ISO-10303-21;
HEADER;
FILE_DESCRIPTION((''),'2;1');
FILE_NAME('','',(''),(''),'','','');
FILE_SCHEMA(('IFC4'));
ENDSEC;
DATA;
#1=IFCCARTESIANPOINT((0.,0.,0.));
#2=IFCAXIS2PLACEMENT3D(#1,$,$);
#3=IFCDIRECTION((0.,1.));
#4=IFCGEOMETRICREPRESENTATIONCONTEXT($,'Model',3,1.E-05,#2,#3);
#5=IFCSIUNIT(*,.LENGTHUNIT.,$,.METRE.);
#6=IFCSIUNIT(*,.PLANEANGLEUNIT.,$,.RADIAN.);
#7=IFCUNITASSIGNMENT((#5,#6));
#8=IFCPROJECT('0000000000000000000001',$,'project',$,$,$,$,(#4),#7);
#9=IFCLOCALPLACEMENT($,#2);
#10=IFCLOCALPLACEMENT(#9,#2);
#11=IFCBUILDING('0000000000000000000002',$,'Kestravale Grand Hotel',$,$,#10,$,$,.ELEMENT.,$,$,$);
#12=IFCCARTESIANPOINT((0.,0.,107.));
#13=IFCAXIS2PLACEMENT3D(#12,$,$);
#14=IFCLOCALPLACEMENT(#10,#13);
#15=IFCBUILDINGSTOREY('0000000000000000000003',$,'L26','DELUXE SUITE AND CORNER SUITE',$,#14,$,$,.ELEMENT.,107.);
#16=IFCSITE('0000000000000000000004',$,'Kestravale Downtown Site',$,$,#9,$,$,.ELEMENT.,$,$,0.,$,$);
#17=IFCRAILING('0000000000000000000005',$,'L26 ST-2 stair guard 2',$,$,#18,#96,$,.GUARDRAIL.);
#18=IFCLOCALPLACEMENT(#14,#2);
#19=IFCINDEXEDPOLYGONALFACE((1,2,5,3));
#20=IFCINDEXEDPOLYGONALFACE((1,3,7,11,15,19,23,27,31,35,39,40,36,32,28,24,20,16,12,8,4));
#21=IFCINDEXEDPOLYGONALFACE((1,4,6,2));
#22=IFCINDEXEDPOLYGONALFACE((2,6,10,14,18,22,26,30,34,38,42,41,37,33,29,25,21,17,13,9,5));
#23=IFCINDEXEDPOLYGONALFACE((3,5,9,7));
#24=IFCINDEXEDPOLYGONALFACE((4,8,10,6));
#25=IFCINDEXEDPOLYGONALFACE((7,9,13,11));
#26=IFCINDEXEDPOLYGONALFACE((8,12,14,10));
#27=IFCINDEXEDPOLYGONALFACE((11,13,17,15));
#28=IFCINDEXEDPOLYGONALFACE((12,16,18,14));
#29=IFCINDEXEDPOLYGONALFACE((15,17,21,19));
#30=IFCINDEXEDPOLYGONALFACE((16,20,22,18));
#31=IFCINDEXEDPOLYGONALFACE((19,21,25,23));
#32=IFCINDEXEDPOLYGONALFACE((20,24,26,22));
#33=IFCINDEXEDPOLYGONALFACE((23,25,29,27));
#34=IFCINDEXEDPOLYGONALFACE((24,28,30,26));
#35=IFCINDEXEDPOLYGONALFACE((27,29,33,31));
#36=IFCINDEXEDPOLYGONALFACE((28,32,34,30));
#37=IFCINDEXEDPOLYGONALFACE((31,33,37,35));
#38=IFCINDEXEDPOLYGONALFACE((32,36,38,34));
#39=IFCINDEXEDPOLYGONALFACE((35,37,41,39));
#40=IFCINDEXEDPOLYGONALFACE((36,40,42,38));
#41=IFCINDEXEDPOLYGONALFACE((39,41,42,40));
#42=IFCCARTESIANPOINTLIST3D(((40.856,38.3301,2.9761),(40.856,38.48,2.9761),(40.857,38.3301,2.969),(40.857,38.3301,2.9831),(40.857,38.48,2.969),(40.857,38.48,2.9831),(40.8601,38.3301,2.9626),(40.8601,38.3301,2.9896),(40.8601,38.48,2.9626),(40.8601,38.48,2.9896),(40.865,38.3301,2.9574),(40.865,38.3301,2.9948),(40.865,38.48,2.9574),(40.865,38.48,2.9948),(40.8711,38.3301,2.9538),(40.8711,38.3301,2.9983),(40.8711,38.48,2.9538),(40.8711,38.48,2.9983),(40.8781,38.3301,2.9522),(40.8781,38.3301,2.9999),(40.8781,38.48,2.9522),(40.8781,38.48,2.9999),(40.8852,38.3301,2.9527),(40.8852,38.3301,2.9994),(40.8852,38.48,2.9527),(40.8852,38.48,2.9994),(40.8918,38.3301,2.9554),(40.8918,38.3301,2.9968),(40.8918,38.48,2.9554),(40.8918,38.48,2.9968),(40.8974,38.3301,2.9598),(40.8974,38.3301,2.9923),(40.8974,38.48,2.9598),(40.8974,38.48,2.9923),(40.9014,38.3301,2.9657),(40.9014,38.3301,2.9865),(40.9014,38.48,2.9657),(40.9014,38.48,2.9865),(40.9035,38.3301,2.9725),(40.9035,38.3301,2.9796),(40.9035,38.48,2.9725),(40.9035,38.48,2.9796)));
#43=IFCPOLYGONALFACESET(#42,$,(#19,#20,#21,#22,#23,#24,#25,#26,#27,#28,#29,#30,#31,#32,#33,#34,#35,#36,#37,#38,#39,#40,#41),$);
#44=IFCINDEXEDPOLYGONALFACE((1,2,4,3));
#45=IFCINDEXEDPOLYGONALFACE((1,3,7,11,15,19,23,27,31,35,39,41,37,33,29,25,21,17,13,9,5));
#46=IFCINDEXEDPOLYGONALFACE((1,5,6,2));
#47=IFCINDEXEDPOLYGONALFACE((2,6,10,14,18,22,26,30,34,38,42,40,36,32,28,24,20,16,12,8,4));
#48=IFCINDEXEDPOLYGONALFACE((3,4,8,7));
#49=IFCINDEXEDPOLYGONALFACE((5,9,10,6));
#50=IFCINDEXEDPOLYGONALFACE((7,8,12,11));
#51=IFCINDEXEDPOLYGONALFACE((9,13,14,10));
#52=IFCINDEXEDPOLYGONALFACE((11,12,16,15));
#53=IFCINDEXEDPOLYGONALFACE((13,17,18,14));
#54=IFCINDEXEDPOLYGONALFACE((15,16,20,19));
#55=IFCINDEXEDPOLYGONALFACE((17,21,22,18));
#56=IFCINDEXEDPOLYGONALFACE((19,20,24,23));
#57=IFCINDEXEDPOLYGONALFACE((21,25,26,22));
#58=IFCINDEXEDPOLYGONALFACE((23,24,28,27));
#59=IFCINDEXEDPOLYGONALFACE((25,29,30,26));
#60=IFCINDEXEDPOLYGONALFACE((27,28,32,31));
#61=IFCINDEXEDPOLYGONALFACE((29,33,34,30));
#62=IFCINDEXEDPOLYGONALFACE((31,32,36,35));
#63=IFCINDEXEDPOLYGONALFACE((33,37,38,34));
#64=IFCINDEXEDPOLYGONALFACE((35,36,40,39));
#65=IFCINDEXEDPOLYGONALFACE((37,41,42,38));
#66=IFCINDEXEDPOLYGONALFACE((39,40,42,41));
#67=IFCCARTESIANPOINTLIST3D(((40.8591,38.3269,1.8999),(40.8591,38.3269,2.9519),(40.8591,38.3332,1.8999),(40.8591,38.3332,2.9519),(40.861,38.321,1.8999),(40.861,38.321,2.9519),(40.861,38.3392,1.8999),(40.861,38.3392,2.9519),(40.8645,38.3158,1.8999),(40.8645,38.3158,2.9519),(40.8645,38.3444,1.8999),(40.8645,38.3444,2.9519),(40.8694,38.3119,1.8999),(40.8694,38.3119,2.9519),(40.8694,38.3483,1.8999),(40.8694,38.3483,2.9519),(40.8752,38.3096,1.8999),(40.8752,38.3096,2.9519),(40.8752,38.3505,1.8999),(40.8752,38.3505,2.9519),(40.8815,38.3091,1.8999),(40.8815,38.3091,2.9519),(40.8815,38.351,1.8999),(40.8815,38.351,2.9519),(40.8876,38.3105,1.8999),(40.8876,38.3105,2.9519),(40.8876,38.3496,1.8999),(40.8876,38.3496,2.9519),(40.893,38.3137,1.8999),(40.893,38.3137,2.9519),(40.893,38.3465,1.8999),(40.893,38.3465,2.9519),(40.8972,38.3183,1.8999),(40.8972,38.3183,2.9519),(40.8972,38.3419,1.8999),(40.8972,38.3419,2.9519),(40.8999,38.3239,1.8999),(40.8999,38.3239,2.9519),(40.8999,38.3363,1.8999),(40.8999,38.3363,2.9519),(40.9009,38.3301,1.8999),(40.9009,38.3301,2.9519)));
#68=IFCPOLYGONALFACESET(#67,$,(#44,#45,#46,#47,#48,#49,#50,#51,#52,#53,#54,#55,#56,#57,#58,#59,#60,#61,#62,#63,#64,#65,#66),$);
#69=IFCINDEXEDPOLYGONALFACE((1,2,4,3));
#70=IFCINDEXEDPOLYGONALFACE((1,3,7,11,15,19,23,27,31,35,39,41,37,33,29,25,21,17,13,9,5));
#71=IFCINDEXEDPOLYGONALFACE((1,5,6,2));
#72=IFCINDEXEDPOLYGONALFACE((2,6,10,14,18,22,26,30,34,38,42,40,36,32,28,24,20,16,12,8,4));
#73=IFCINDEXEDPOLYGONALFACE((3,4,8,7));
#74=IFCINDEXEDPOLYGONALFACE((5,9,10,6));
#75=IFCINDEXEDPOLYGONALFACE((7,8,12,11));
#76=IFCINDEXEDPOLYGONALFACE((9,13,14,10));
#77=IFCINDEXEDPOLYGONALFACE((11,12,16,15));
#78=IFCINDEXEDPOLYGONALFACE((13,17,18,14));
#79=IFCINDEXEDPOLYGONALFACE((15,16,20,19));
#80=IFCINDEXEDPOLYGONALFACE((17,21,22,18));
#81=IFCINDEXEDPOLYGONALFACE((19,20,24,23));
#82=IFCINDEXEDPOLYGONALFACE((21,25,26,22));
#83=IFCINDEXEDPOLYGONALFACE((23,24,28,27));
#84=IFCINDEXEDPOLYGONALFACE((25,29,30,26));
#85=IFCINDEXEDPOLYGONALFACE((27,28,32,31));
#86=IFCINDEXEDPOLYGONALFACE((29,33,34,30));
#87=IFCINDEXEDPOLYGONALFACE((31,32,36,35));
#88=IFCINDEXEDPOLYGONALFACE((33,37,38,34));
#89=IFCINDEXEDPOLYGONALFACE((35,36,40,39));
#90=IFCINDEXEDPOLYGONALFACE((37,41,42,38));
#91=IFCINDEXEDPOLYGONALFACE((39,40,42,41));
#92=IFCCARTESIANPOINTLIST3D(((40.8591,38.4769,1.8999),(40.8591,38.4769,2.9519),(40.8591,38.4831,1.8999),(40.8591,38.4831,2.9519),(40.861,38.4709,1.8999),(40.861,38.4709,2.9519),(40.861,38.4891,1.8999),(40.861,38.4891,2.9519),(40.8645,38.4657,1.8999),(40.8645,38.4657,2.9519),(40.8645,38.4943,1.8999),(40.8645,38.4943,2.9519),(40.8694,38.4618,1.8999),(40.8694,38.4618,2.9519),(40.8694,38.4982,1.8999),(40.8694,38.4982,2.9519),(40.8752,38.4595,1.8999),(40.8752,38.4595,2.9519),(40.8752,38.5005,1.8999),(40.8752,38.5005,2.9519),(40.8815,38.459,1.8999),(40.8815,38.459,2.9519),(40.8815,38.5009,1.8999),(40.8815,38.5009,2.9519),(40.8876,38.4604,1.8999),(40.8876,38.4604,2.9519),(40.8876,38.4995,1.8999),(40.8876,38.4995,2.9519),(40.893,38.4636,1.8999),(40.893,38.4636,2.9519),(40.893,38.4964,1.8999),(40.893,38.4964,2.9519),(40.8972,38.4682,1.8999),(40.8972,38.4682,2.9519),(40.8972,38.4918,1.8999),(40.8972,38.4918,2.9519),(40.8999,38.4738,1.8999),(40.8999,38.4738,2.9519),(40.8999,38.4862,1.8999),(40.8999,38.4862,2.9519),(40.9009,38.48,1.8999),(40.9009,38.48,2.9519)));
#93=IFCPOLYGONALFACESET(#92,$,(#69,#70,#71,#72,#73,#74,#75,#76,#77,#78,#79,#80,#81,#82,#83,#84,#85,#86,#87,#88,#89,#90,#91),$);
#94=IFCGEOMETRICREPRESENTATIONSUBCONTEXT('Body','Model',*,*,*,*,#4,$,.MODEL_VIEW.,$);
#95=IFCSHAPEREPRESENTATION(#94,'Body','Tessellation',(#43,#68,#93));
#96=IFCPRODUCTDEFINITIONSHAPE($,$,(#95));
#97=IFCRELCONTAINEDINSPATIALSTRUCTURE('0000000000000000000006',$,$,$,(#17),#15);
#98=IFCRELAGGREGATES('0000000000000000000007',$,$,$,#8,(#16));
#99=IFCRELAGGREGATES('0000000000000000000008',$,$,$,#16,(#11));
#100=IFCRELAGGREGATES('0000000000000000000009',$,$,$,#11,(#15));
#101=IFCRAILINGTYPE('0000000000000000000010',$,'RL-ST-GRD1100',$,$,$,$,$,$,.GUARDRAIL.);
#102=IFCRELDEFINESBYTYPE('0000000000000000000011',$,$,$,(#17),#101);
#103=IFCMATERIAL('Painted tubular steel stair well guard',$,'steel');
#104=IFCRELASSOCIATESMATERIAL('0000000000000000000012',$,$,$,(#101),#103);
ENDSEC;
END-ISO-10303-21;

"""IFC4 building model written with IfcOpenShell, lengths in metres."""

from ifc_helpers import new_model, si_unit, direction, frame, origin, origin_2d, place, context, subcontext, project, spatial, circle, extrude, material, type_object, element, save


model = new_model("IFC4")

# Units and contexts
model_context = context("Model", 3, precision=1e-05, world=origin(), true_north=direction((0.0, 1.0)))
body_context = subcontext(model_context, "Body", "Model", "MODEL_VIEW")
ifc_project = project(units=[si_unit("LENGTHUNIT", "METRE"), si_unit("PLANEANGLEUNIT", "RADIAN")], contexts=[model_context])

# Site, building, storey
site_placement = place(None, origin())
site = spatial("IfcSite", under=ifc_project, at=site_placement, Name="Kestravale Downtown Site", CompositionType="ELEMENT", RefElevation=0.0)
building_placement = place(site_placement, origin())
building = spatial("IfcBuilding", under=site, at=building_placement, Name="Kestravale Grand Hotel", CompositionType="ELEMENT")
storey_placement = place(building_placement, frame((0.0, 0.0, 107.0)))
storey = spatial("IfcBuildingStorey", under=building, at=storey_placement, Name="L26", Description="DELUXE SUITE AND CORNER SUITE", CompositionType="ELEMENT", Elevation=107.0)

# Railing
ifc_material_1 = material(Name="Painted tubular steel stair well guard", Category="steel")
railing_type_1 = type_object("IfcRailingType", Name="RL-ST-GRD1100", PredefinedType="GUARDRAIL", material=ifc_material_1)
railing_1_placement = place(storey_placement, frame((40.8799, 38.3301, 1.8999)))
element("IfcRailing", 1, at=railing_1_placement, inside=storey, type_object=railing_type_1, Name="L26 ST-2 stair guard 2", PredefinedType="GUARDRAIL", context=body_context, shape_type="SweptSolid", body=[
    extrude(circle(Radius=0.0239, at=origin_2d()), frame((0.0, 0.0, 1.0762), z_axis=(0.0, 1.0, 0.0), x_axis=(-1.0, 0.0, 0.0)), (0.0, 0.0, 1.0), 0.1499),
    extrude(circle(Radius=0.021, at=origin_2d()), origin(), (0.0, 0.0, 1.0), 1.052),
    extrude(circle(Radius=0.021, at=origin_2d()), frame((0.0, 0.1499, 0.0)), (0.0, 0.0, 1.0), 1.052),
])

save(model, "model.ifc")
